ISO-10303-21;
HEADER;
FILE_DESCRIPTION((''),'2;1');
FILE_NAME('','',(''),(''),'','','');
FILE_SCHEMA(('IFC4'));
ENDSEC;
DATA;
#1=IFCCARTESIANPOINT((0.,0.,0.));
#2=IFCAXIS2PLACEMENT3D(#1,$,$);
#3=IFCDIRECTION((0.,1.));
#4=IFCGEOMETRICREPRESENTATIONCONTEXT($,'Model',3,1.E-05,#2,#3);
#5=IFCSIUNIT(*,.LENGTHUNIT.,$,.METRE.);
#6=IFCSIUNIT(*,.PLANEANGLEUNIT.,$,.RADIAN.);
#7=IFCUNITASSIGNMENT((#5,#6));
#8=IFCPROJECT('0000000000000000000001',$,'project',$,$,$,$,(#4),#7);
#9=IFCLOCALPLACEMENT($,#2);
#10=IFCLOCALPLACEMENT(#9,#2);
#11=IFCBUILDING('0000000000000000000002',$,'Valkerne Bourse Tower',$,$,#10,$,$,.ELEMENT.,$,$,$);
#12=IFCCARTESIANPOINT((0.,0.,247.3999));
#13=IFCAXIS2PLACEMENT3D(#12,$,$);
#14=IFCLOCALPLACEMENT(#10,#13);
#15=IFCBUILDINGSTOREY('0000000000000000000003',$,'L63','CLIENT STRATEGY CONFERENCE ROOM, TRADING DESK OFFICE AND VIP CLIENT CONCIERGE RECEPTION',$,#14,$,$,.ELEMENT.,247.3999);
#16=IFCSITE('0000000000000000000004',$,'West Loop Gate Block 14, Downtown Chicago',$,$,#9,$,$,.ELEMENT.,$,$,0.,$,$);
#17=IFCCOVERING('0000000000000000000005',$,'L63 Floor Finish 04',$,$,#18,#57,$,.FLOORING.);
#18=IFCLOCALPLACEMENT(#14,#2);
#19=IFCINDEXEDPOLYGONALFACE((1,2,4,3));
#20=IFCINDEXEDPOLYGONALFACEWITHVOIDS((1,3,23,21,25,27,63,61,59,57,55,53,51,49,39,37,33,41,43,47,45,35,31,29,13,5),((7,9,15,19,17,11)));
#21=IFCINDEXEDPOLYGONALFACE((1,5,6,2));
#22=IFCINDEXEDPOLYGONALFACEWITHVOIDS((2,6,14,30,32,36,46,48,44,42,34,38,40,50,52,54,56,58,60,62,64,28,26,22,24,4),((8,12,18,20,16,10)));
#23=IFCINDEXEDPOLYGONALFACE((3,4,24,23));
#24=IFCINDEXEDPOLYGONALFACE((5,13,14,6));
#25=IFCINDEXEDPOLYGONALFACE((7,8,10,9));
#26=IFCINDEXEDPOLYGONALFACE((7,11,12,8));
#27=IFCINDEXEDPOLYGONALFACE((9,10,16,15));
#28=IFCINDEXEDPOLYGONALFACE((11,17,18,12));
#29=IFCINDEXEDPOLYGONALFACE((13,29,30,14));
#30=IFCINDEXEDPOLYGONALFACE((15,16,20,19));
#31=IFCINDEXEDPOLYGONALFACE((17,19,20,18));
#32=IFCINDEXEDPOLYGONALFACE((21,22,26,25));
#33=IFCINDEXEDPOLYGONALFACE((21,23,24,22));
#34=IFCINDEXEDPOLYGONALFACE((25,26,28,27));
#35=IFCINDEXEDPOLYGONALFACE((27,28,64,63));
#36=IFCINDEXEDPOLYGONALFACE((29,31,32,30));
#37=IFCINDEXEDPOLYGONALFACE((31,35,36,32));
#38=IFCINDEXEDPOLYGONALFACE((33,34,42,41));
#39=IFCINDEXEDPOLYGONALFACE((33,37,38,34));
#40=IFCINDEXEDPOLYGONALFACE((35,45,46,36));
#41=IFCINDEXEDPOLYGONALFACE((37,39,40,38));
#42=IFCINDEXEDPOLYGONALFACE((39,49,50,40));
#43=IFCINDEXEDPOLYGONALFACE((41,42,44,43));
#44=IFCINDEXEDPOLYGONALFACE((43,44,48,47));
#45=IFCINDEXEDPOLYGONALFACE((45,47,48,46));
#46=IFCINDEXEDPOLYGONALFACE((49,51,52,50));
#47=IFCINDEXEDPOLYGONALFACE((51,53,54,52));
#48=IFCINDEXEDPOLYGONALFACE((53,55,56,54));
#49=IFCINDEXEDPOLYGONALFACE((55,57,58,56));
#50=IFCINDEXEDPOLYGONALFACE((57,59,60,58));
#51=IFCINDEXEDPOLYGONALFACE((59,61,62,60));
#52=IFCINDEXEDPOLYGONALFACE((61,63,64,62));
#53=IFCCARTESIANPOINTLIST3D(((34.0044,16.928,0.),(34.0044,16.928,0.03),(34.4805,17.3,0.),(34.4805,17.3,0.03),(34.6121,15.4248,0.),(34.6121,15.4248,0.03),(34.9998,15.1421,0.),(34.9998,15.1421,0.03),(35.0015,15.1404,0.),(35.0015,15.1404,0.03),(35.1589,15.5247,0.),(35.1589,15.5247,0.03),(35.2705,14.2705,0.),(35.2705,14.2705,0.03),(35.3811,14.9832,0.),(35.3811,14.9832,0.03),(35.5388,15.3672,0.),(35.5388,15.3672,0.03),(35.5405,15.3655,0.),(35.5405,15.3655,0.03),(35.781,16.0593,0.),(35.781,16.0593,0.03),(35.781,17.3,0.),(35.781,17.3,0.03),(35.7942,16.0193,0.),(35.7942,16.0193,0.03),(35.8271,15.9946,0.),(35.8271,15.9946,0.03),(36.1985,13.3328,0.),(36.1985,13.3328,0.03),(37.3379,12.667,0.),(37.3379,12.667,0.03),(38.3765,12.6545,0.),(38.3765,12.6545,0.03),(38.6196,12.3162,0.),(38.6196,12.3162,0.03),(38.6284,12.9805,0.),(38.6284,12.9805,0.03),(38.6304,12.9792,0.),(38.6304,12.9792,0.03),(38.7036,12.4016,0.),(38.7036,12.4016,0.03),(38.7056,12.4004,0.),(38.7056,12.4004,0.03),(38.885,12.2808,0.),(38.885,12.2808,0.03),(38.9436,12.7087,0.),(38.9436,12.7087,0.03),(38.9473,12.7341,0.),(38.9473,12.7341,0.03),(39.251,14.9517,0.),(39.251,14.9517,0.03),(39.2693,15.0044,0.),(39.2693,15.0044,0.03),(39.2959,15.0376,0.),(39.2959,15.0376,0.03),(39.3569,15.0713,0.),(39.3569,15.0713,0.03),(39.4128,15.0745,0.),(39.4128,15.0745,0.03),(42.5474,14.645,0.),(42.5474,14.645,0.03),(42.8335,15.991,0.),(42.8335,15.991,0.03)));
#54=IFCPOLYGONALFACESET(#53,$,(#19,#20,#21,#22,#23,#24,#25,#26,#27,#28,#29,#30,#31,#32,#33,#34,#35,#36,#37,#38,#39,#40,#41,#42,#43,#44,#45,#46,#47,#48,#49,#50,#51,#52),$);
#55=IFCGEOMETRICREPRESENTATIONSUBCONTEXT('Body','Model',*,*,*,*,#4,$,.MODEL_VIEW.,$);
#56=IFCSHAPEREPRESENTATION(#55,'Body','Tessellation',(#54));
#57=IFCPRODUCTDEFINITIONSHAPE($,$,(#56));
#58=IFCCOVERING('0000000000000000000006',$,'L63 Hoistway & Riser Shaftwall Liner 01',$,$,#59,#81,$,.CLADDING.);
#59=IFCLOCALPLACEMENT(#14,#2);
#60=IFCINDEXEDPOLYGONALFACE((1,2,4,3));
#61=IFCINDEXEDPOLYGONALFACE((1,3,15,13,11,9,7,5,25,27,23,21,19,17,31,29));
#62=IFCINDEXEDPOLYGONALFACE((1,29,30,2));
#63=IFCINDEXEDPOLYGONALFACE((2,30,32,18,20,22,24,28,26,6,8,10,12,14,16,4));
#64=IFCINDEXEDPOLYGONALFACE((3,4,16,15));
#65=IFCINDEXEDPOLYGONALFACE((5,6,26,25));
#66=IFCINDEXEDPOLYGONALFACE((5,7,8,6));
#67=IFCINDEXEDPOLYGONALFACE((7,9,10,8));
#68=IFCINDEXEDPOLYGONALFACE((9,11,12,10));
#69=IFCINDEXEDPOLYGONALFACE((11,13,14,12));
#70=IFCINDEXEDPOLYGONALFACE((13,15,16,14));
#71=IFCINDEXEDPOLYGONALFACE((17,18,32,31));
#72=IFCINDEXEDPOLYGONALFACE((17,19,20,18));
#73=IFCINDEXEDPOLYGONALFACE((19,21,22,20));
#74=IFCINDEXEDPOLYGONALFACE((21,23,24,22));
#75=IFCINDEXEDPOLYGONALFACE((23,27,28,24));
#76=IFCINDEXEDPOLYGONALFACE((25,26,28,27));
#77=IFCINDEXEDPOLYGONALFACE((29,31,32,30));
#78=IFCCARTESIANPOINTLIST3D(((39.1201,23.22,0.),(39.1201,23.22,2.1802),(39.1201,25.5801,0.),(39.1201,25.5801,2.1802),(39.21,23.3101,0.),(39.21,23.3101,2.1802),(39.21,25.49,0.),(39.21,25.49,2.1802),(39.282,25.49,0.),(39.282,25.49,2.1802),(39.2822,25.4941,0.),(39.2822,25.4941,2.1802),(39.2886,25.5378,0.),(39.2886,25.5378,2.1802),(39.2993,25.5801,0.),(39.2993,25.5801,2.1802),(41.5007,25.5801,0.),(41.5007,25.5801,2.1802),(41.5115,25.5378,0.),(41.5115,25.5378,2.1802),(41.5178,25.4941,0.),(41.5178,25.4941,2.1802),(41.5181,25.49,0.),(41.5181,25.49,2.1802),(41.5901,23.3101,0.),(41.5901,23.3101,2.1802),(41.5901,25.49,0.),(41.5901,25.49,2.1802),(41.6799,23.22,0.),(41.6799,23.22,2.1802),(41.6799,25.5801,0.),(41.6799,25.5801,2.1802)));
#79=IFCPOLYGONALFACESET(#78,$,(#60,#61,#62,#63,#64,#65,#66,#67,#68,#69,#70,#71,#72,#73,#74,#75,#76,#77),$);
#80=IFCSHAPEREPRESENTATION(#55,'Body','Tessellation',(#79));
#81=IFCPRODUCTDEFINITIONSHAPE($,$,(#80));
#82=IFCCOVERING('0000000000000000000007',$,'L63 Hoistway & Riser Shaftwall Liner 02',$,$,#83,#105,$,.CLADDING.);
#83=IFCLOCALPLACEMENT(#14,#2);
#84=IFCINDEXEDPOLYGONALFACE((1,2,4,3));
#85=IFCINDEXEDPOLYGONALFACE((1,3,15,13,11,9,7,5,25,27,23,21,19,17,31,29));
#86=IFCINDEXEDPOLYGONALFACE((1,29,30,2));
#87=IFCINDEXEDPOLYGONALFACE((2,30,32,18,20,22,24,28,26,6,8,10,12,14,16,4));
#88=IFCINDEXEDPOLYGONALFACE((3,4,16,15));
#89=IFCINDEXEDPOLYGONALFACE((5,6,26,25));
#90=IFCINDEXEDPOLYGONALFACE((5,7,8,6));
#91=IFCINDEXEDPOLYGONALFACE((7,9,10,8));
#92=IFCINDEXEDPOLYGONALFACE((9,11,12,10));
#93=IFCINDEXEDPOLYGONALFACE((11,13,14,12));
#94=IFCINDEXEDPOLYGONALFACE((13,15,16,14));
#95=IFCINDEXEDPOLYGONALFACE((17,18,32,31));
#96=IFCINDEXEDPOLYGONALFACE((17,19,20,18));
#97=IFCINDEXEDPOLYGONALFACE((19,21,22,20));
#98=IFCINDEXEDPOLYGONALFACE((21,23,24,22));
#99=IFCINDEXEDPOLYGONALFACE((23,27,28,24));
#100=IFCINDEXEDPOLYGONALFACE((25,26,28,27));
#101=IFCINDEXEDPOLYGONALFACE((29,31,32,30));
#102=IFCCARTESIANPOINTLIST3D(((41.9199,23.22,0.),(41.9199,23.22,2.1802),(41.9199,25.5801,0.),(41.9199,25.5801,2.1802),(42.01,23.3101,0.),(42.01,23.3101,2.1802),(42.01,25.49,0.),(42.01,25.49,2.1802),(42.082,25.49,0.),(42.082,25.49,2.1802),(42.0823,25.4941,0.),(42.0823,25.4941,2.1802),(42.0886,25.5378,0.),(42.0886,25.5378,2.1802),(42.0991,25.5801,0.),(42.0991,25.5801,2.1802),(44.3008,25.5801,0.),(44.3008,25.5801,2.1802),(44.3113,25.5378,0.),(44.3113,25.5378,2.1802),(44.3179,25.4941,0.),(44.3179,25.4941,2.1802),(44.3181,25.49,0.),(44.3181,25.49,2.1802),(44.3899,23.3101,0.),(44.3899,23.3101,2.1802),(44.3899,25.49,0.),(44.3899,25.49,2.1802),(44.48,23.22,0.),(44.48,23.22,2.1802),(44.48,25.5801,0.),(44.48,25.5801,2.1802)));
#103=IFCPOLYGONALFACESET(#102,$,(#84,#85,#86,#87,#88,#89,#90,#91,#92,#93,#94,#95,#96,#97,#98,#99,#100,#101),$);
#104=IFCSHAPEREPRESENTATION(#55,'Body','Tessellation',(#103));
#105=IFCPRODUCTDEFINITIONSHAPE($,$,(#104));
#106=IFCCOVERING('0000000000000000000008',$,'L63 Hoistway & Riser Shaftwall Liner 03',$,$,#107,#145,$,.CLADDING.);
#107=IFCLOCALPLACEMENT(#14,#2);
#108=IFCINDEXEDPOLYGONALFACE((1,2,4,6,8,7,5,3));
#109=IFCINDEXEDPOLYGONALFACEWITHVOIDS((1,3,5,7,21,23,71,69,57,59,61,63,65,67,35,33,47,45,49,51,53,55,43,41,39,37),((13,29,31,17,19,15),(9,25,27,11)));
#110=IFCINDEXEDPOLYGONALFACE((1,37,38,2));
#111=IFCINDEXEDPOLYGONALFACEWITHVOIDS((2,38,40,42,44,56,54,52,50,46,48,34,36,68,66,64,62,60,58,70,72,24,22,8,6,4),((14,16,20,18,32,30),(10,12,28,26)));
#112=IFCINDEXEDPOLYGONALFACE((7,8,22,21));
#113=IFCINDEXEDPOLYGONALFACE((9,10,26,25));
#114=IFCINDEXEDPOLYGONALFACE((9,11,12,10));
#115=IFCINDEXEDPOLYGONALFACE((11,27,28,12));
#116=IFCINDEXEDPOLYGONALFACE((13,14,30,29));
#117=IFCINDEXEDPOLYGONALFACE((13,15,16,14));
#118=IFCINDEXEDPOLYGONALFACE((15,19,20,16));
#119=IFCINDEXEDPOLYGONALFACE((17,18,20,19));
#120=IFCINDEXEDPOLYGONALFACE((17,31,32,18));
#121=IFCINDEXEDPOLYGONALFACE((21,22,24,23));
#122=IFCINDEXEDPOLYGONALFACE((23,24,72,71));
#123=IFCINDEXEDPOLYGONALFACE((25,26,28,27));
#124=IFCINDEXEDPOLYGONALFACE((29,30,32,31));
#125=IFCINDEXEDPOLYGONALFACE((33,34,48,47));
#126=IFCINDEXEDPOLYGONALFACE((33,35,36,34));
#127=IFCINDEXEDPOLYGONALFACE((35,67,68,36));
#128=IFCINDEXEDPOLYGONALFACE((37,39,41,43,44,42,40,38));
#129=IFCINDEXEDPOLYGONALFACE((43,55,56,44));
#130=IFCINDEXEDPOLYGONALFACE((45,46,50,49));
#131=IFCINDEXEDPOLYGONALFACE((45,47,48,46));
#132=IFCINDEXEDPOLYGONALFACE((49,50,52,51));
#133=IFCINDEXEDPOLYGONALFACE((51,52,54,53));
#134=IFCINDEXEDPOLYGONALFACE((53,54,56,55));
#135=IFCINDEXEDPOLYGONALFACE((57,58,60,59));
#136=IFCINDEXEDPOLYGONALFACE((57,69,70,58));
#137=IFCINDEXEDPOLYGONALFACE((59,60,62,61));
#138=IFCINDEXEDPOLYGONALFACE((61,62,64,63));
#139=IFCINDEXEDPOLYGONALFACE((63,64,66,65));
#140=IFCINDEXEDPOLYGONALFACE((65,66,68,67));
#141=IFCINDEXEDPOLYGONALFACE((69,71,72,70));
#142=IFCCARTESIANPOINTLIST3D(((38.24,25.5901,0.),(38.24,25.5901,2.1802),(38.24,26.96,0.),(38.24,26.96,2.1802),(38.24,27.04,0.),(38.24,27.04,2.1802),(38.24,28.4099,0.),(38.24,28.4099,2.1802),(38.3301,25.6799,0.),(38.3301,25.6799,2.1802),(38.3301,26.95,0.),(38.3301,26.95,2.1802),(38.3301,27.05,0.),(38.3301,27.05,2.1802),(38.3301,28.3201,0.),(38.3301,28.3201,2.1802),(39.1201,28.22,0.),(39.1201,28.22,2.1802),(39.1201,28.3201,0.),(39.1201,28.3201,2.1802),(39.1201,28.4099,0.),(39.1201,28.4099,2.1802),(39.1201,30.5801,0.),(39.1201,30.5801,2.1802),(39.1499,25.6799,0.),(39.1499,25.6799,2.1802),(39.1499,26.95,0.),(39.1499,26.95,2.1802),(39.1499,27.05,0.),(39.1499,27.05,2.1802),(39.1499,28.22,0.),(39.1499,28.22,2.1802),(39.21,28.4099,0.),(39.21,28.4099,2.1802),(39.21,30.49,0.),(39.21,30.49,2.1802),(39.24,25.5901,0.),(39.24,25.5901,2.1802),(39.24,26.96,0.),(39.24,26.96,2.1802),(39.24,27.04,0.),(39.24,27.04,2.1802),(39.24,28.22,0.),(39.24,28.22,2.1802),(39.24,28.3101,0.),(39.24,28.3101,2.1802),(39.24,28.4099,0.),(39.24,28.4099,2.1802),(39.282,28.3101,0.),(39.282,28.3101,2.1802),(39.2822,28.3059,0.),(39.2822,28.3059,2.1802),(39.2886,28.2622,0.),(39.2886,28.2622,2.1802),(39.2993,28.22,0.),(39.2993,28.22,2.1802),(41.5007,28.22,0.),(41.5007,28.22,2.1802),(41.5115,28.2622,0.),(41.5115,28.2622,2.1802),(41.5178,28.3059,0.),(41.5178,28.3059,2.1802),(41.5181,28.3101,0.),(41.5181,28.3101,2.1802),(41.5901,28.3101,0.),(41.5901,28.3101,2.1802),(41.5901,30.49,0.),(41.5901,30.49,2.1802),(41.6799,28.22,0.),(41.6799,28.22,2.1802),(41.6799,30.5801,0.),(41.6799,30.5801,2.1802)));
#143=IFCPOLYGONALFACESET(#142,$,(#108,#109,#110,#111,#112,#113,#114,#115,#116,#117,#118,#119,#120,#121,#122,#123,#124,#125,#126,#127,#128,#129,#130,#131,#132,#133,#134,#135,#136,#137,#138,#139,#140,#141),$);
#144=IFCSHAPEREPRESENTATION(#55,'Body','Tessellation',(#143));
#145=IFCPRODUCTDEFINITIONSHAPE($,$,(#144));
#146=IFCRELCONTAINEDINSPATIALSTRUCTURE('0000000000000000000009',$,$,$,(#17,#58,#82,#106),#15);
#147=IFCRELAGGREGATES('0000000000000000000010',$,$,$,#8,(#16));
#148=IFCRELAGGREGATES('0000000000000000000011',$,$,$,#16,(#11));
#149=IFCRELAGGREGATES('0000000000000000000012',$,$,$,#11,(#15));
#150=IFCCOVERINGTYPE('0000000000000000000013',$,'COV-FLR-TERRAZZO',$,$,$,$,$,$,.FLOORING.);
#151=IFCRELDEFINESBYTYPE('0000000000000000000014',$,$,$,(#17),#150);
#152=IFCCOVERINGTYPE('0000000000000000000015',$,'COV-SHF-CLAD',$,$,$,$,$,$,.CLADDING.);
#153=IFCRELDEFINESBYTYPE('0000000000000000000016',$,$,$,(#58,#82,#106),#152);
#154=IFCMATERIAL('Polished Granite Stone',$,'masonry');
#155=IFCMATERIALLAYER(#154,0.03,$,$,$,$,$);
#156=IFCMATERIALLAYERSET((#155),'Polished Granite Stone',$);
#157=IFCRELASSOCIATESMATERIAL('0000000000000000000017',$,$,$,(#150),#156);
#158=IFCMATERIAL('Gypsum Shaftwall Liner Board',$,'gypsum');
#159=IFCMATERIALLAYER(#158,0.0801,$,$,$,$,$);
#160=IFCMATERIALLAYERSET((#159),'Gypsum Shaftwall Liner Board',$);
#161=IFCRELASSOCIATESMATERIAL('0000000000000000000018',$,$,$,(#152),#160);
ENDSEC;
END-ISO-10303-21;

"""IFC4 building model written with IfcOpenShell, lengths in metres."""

from ifc_helpers import new_model, si_unit, direction, frame, origin, place, context, subcontext, project, spatial, polyline, outline, extrude, material, layer, layer_set, type_object, element, save


model = new_model("IFC4")

# Units and contexts
model_context = context("Model", 3, precision=1e-05, world=origin(), true_north=direction((0.0, 1.0)))
body_context = subcontext(model_context, "Body", "Model", "MODEL_VIEW")
ifc_project = project(units=[si_unit("LENGTHUNIT", "METRE"), si_unit("PLANEANGLEUNIT", "RADIAN")], contexts=[model_context])

# Site, building, storey
site_placement = place(None, origin())
site = spatial("IfcSite", under=ifc_project, at=site_placement, Name="West Loop Gate Block 14, Downtown Chicago", CompositionType="ELEMENT", RefElevation=0.0)
building_placement = place(site_placement, origin())
building = spatial("IfcBuilding", under=site, at=building_placement, Name="Valkerne Bourse Tower", CompositionType="ELEMENT")
storey_placement = place(building_placement, frame((0.0, 0.0, 247.3999)))
storey = spatial("IfcBuildingStorey", under=building, at=storey_placement, Name="L63", Description="CLIENT STRATEGY CONFERENCE ROOM, TRADING DESK OFFICE AND VIP CLIENT CONCIERGE RECEPTION", CompositionType="ELEMENT", Elevation=247.3999)

# Coverings
ifc_material_1 = material(Name="Polished Granite Stone", Category="masonry")
ifc_layer_1 = layer(ifc_material_1, 0.03)
ifc_layer_set_1 = layer_set([ifc_layer_1], Name="Polished Granite Stone")
covering_type_1 = type_object("IfcCoveringType", Name="COV-FLR-TERRAZZO", PredefinedType="FLOORING", material=ifc_layer_set_1)
covering_1_placement = place(storey_placement, origin())
element("IfcCovering", 1, at=covering_1_placement, inside=storey, type_object=covering_type_1, Name="L63 Floor Finish 04", PredefinedType="FLOORING", context=body_context, shape_type="SweptSolid", body=[
    extrude(outline(polyline([(34.6121, 15.4248), (34.0044, 16.928), (34.4805, 17.3), (35.781, 17.3), (35.781, 16.0593), (35.7942, 16.0193), (35.8271, 15.9946), (42.8335, 15.991), (42.5474, 14.645), (39.4128, 15.0745), (39.3569, 15.0713), (39.2959, 15.0376), (39.2693, 15.0044), (39.251, 14.9517), (38.9473, 12.7341), (38.6304, 12.9792), (38.6284, 12.9805), (38.3765, 12.6545), (38.7036, 12.4016), (38.7056, 12.4004), (38.9436, 12.7087), (38.885, 12.2808), (38.6196, 12.3162), (37.3379, 12.667), (36.1985, 13.3328), (35.2705, 14.2705), (34.6121, 15.4248)]), holes=[polyline([(35.5388, 15.3672), (35.1589, 15.5247), (34.9998, 15.1421), (35.0015, 15.1404), (35.3811, 14.9832), (35.5405, 15.3655), (35.5388, 15.3672)])]), origin(), (0.0, 0.0, 1.0), 0.03),
])
ifc_material_2 = material(Name="Gypsum Shaftwall Liner Board", Category="gypsum")
ifc_layer_2 = layer(ifc_material_2, 0.0801)
ifc_layer_set_2 = layer_set([ifc_layer_2], Name="Gypsum Shaftwall Liner Board")
covering_type_2 = type_object("IfcCoveringType", Name="COV-SHF-CLAD", PredefinedType="CLADDING", material=ifc_layer_set_2)
covering_2_placement = place(storey_placement, origin())
element("IfcCovering", 2, at=covering_2_placement, inside=storey, type_object=covering_type_2, Name="L63 Hoistway & Riser Shaftwall Liner 01", PredefinedType="CLADDING", context=body_context, shape_type="SweptSolid", body=[
    extrude(outline(polyline([(39.2993, 25.5801), (39.2886, 25.5378), (39.2822, 25.4941), (39.282, 25.49), (39.21, 25.49), (39.21, 23.3101), (41.5901, 23.3101), (41.5901, 25.49), (41.5181, 25.49), (41.5178, 25.4941), (41.5115, 25.5378), (41.5007, 25.5801), (41.6799, 25.5801), (41.6799, 23.22), (39.1201, 23.22), (39.1201, 25.5801), (39.2993, 25.5801)])), origin(), (0.0, 0.0, 1.0), 2.1802),
])
covering_3_placement = place(storey_placement, origin())
element("IfcCovering", 3, at=covering_3_placement, inside=storey, type_object=covering_type_2, Name="L63 Hoistway & Riser Shaftwall Liner 02", PredefinedType="CLADDING", context=body_context, shape_type="SweptSolid", body=[
    extrude(outline(polyline([(44.48, 23.22), (41.9199, 23.22), (41.9199, 25.5801), (42.0991, 25.5801), (42.0886, 25.5378), (42.0823, 25.4941), (42.082, 25.49), (42.01, 25.49), (42.01, 23.3101), (44.3899, 23.3101), (44.3899, 25.49), (44.3181, 25.49), (44.3179, 25.4941), (44.3113, 25.5378), (44.3008, 25.5801), (44.48, 25.5801), (44.48, 23.22)])), origin(), (0.0, 0.0, 1.0), 2.1802),
])
covering_4_placement = place(storey_placement, origin())
element("IfcCovering", 4, at=covering_4_placement, inside=storey, type_object=covering_type_2, Name="L63 Hoistway & Riser Shaftwall Liner 03", PredefinedType="CLADDING", context=body_context, shape_type="SweptSolid", body=[
    extrude(outline(polyline([(38.24, 28.4099), (39.1201, 28.4099), (39.1201, 30.5801), (41.6799, 30.5801), (41.6799, 28.22), (41.5007, 28.22), (41.5115, 28.2622), (41.5178, 28.3059), (41.5181, 28.3101), (41.5901, 28.3101), (41.5901, 30.49), (39.21, 30.49), (39.21, 28.4099), (39.24, 28.4099), (39.24, 28.3101), (39.282, 28.3101), (39.2822, 28.3059), (39.2886, 28.2622), (39.2993, 28.22), (39.24, 28.22), (39.24, 27.04), (39.24, 26.96), (39.24, 25.5901), (38.24, 25.5901), (38.24, 26.96), (38.24, 27.04), (38.24, 28.4099)]), holes=[polyline([(38.3301, 26.95), (38.3301, 25.6799), (39.1499, 25.6799), (39.1499, 26.95), (38.3301, 26.95)]), polyline([(38.3301, 27.05), (39.1499, 27.05), (39.1499, 28.22), (39.1201, 28.22), (39.1201, 28.3201), (38.3301, 28.3201), (38.3301, 27.05)])]), origin(), (0.0, 0.0, 1.0), 2.1802),
])

save(model, "model.ifc")
